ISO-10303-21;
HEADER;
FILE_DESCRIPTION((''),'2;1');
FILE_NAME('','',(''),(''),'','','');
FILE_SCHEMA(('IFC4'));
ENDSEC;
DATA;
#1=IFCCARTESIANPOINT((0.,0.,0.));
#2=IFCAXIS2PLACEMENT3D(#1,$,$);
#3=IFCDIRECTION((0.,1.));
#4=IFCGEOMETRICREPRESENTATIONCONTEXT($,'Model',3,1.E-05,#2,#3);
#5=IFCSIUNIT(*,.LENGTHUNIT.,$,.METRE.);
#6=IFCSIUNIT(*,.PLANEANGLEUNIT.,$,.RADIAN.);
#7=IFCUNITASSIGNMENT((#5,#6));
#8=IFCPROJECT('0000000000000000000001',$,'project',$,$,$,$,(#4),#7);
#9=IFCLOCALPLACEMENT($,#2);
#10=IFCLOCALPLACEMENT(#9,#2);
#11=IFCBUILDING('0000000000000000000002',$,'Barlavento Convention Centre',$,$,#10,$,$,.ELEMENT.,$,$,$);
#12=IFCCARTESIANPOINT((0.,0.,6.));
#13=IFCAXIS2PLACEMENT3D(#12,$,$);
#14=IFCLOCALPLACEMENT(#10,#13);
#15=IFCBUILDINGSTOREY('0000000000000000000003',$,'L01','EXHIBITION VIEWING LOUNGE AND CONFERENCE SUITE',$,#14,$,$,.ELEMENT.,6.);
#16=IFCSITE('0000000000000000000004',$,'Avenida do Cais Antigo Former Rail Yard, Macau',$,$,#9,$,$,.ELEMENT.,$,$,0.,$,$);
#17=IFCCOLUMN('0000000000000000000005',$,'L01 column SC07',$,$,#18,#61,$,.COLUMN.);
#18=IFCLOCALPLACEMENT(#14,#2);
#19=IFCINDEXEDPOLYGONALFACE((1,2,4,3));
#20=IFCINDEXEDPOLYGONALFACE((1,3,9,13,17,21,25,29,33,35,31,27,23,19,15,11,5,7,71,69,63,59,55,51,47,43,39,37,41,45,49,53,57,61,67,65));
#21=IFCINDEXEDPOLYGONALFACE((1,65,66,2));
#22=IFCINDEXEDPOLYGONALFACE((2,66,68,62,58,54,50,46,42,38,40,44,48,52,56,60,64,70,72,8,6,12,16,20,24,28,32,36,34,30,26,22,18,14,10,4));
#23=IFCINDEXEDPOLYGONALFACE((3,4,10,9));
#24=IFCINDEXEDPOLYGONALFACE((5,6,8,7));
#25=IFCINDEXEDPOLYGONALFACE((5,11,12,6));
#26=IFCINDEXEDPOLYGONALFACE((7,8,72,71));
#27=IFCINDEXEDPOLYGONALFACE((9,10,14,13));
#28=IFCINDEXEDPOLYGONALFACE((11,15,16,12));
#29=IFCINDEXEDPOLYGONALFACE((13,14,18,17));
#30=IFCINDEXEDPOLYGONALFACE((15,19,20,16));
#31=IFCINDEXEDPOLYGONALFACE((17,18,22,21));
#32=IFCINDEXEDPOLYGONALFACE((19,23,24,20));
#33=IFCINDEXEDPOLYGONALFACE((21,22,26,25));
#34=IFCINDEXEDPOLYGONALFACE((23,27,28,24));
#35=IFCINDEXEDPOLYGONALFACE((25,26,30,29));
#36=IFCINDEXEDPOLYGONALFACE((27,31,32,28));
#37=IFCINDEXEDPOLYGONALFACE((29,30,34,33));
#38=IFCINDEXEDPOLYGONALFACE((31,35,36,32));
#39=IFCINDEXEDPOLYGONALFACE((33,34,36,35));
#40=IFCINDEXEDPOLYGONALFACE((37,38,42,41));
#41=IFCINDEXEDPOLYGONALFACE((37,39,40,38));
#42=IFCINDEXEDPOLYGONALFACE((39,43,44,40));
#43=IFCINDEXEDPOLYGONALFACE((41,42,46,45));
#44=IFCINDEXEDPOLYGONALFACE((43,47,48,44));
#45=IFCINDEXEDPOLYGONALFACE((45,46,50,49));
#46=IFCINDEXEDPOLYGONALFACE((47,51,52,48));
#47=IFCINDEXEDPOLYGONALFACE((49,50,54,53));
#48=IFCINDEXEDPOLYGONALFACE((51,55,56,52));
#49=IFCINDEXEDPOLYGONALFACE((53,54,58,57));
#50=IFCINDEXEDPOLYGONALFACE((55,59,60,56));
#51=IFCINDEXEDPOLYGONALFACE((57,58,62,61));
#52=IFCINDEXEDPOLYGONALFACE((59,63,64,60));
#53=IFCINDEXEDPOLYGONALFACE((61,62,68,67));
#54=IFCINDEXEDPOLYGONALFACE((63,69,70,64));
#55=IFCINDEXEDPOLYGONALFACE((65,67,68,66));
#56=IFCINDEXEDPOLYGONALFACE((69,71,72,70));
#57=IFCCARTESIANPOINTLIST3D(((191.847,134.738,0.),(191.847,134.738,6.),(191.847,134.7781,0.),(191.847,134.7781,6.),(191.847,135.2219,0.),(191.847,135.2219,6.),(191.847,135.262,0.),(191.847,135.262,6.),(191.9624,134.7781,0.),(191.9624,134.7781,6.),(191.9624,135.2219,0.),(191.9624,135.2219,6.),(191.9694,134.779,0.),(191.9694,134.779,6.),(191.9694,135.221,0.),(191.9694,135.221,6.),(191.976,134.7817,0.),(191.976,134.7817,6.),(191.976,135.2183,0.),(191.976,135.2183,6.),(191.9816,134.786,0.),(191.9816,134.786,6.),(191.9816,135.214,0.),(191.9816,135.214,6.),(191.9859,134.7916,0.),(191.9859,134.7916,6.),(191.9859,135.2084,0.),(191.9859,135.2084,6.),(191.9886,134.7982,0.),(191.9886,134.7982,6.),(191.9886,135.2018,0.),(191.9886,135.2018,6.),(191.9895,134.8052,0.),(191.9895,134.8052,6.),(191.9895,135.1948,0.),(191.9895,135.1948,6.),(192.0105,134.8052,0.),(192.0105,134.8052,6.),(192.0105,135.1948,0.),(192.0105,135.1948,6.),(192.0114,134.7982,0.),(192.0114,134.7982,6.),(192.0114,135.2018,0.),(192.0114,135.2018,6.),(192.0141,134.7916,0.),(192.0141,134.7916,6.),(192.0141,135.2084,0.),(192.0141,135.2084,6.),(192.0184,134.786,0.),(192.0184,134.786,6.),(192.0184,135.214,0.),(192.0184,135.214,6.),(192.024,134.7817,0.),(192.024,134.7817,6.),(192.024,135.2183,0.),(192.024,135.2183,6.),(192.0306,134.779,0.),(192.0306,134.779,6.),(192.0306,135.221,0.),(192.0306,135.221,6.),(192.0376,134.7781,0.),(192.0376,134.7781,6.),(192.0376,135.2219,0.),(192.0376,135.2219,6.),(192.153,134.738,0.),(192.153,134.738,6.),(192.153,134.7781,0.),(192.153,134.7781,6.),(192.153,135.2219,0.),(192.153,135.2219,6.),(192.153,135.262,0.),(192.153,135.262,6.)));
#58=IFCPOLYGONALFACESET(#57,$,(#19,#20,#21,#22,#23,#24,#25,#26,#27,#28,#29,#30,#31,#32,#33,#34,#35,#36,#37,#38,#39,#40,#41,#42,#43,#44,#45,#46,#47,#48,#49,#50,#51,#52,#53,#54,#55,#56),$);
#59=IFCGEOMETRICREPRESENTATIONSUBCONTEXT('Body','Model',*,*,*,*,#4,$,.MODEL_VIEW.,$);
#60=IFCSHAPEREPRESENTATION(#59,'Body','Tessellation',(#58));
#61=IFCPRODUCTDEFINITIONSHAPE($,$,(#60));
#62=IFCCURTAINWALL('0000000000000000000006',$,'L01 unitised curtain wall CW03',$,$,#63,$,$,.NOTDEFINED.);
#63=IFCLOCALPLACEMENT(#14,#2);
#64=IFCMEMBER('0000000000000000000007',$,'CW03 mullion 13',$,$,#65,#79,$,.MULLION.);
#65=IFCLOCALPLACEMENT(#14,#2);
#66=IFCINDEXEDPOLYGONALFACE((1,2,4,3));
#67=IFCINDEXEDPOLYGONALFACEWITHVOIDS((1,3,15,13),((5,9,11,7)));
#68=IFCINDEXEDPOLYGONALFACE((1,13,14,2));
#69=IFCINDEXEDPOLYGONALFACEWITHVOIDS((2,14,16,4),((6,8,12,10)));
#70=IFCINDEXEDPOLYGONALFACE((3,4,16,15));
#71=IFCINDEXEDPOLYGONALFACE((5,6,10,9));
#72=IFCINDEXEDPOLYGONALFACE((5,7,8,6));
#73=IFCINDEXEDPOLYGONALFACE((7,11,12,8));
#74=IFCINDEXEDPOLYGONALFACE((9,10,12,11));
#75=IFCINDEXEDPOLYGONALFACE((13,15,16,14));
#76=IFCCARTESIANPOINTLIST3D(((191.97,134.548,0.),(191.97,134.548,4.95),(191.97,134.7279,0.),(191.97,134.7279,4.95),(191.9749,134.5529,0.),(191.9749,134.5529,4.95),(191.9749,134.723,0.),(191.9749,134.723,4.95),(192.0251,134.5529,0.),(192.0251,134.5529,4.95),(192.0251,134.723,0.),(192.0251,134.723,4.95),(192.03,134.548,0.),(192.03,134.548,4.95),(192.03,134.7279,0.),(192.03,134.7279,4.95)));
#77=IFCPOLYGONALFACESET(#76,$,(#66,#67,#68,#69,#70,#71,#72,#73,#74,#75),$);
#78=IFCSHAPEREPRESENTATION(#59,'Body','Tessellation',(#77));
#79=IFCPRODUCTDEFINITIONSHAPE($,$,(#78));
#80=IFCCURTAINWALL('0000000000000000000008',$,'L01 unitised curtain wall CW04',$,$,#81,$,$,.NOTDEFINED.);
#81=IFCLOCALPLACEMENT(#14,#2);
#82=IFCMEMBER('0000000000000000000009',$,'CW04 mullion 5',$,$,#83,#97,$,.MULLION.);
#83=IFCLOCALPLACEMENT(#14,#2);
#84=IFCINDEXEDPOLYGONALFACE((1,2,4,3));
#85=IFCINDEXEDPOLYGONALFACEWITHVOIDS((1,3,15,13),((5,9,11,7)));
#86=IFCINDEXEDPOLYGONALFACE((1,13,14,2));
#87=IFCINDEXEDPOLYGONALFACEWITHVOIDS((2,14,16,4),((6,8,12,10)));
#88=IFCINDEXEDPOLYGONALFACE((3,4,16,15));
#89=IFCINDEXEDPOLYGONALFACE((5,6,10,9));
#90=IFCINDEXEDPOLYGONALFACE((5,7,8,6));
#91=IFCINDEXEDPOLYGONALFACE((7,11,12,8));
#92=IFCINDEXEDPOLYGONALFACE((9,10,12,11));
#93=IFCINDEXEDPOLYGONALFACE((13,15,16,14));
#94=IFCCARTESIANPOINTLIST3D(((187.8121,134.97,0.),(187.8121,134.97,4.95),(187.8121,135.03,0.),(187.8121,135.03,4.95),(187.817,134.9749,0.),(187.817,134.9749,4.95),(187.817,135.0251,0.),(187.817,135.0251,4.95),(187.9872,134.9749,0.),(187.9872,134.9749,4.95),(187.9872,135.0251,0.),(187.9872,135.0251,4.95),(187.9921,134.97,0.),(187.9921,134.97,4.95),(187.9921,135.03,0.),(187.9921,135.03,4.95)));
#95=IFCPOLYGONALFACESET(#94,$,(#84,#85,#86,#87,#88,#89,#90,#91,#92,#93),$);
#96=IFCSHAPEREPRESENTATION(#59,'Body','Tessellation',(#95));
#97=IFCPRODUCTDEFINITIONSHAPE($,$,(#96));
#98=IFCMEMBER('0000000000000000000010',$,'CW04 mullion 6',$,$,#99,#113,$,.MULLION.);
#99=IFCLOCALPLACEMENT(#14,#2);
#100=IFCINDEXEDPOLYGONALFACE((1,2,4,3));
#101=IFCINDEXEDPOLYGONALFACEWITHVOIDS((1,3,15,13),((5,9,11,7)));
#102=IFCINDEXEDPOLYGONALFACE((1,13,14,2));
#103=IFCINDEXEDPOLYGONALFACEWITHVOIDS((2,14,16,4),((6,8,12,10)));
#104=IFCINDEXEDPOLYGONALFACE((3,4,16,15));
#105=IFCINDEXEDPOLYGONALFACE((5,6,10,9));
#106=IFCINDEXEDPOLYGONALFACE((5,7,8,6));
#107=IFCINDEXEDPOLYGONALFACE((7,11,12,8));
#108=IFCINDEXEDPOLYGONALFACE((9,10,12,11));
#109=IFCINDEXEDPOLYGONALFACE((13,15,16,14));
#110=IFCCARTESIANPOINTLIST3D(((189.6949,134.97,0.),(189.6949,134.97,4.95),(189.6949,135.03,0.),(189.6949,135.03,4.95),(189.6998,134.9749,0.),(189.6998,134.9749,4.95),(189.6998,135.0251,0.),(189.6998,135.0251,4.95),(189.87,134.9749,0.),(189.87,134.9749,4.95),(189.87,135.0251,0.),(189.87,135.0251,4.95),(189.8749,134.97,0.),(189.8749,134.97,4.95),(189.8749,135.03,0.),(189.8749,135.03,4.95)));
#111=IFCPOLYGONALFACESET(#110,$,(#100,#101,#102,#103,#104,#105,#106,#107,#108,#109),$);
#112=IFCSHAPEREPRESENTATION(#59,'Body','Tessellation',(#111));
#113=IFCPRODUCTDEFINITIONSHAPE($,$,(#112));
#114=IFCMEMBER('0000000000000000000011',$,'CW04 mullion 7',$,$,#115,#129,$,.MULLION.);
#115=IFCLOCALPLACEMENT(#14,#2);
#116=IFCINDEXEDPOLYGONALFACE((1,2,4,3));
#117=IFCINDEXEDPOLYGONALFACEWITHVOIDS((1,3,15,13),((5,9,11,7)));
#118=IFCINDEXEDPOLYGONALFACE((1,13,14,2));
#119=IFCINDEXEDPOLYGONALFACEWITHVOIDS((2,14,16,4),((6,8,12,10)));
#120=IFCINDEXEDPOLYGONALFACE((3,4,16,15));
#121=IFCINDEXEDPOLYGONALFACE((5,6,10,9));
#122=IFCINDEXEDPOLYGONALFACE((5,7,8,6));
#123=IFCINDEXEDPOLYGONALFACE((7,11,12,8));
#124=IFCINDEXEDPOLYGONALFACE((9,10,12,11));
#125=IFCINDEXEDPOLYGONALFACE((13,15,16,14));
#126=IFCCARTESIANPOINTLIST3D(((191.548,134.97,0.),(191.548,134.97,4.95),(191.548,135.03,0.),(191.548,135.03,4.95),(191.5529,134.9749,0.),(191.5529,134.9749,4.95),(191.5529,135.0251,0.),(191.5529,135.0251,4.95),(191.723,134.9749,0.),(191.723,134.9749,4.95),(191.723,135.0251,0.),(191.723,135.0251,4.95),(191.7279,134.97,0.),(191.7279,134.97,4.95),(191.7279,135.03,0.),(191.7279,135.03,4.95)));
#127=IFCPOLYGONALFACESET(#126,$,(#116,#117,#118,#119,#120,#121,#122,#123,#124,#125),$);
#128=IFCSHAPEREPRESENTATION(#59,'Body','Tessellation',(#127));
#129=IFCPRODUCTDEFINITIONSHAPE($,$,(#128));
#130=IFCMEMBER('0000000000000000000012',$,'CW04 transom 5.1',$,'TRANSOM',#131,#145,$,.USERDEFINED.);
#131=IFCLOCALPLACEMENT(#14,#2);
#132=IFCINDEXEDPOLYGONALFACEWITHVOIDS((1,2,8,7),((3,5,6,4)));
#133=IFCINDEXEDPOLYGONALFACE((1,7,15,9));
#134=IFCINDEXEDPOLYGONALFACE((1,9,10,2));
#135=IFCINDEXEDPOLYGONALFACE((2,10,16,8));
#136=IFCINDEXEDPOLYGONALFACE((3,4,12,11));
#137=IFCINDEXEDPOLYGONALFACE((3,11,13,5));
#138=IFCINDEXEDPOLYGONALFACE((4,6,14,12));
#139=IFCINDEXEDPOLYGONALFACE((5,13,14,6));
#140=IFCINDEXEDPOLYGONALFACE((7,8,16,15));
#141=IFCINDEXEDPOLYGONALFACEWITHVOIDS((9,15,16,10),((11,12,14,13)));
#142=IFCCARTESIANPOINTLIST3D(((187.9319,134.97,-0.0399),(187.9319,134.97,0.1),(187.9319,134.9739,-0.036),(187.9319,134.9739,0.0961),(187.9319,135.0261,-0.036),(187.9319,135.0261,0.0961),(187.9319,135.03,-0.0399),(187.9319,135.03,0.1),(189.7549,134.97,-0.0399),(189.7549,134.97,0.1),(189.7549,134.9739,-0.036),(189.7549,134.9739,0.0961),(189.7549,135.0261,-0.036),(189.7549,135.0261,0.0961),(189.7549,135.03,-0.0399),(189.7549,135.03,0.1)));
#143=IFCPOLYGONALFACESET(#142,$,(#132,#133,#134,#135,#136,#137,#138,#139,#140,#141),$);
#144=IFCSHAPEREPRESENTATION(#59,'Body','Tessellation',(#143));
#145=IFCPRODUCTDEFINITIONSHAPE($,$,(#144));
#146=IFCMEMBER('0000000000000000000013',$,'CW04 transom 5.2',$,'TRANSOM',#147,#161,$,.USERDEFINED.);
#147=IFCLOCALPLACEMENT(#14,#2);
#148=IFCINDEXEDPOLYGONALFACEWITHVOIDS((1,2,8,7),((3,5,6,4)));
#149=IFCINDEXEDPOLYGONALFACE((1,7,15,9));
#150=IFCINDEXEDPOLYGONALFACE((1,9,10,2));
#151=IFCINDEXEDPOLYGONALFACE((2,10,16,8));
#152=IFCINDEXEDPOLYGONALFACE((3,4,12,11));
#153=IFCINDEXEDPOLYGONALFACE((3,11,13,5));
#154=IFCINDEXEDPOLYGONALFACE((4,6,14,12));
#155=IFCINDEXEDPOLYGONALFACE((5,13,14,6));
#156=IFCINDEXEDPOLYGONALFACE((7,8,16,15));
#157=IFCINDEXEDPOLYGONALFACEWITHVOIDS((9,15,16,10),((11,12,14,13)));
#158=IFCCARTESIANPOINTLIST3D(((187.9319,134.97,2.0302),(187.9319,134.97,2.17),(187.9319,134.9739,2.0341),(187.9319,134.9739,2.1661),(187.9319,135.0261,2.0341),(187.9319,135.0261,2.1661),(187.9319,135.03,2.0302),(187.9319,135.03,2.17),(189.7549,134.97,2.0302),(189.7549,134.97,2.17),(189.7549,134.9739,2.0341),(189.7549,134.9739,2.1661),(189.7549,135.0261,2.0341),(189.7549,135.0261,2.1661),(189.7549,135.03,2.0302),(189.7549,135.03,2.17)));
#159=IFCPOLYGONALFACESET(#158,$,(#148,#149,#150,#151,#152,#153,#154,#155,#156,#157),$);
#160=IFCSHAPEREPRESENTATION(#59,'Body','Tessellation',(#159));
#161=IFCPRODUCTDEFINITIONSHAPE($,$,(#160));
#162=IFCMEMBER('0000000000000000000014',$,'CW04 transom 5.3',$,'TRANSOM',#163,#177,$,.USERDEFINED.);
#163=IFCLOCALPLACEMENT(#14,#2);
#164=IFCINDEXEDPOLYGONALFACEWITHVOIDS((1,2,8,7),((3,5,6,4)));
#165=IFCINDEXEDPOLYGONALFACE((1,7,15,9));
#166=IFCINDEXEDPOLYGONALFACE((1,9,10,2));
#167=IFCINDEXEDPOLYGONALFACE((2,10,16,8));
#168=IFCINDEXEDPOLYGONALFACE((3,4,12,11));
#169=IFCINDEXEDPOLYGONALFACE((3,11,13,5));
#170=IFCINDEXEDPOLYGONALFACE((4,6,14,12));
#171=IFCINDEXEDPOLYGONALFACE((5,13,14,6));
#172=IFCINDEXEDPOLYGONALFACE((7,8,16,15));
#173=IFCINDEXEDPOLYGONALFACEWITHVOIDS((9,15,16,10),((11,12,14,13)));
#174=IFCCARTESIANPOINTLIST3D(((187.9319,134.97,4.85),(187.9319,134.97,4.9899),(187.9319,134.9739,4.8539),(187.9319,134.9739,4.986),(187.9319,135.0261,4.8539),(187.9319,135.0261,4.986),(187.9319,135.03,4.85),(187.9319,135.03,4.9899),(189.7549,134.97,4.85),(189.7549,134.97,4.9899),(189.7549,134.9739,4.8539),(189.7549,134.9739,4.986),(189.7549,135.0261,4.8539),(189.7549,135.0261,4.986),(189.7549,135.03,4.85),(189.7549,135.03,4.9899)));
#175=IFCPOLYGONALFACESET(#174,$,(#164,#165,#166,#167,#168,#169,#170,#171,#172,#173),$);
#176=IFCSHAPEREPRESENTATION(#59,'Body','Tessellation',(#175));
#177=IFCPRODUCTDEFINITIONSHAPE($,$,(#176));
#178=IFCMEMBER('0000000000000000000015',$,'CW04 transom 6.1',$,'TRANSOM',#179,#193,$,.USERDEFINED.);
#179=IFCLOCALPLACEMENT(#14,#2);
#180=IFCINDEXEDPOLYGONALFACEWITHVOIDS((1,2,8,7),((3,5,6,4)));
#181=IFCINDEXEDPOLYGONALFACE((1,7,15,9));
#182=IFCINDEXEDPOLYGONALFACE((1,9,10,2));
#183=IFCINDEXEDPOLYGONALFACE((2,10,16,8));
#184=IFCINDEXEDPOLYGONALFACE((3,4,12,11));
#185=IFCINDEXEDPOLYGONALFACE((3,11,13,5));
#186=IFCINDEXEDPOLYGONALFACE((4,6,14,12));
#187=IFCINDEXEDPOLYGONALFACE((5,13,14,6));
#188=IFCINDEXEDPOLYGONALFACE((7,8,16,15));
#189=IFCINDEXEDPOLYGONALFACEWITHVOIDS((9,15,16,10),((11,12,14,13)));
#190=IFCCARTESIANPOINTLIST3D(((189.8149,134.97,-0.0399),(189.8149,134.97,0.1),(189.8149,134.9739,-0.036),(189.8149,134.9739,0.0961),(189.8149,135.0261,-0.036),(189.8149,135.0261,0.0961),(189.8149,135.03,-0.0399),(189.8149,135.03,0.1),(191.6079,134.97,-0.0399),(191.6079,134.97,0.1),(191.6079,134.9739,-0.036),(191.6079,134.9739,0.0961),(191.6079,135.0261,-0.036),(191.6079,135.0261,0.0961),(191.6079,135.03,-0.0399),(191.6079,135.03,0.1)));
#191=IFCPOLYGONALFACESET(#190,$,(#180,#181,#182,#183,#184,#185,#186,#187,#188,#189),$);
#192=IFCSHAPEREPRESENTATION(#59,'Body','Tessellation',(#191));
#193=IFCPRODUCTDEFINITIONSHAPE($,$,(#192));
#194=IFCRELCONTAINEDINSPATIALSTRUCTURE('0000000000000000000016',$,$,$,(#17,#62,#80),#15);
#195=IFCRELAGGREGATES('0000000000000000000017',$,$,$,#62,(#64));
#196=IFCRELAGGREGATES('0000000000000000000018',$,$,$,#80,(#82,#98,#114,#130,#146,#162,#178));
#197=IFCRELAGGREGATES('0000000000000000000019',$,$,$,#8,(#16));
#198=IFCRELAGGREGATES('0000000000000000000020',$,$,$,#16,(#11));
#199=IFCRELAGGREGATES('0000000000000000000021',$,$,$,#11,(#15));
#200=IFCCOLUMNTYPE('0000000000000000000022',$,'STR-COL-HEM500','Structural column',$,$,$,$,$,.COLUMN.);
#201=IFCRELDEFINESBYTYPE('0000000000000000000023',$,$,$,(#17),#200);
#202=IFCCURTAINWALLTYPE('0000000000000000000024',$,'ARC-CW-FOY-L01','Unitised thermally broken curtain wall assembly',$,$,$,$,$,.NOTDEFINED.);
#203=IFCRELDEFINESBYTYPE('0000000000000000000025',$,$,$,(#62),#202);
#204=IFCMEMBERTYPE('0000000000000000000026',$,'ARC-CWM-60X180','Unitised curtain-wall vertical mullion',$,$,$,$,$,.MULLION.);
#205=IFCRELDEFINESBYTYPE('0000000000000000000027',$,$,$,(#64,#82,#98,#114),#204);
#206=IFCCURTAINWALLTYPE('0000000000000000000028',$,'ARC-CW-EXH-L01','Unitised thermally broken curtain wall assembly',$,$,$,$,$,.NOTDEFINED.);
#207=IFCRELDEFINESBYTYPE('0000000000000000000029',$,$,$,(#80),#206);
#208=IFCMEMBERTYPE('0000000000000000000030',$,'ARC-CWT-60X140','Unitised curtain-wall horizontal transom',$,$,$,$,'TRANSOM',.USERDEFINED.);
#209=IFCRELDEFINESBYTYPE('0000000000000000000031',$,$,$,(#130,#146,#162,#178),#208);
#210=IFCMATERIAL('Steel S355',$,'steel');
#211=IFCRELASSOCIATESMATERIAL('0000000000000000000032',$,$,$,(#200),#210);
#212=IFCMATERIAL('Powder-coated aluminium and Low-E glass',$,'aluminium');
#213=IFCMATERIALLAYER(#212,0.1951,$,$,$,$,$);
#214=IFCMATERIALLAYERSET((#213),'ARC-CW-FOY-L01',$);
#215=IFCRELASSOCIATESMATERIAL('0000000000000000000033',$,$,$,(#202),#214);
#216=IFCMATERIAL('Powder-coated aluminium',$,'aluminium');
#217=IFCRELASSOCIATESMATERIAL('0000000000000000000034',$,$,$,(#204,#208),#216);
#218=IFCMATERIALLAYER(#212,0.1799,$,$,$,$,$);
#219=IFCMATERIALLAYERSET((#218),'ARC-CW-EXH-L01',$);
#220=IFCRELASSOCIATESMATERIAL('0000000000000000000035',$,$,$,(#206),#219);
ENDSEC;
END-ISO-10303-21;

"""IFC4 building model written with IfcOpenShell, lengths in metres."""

from ifc_helpers import new_model, si_unit, direction, frame, origin, origin_2d, place, context, subcontext, project, spatial, hollow_rectangle, i_section, extrude, material, layer, layer_set, material_profile, profile_set, type_object, element, aggregate, save


model = new_model("IFC4")

# Units and contexts
model_context = context("Model", 3, precision=1e-05, world=origin(), true_north=direction((0.0, 1.0)))
body_context = subcontext(model_context, "Body", "Model", "MODEL_VIEW")
ifc_project = project(units=[si_unit("LENGTHUNIT", "METRE"), si_unit("PLANEANGLEUNIT", "RADIAN")], contexts=[model_context])

# Site, building, storey
site_placement = place(None, origin())
site = spatial("IfcSite", under=ifc_project, at=site_placement, Name="Avenida do Cais Antigo Former Rail Yard, Macau", CompositionType="ELEMENT", RefElevation=0.0)
building_placement = place(site_placement, origin())
building = spatial("IfcBuilding", under=site, at=building_placement, Name="Barlavento Convention Centre", CompositionType="ELEMENT")
storey_placement = place(building_placement, frame((0.0, 0.0, 6.0)))
storey = spatial("IfcBuildingStorey", under=building, at=storey_placement, Name="L01", Description="EXHIBITION VIEWING LOUNGE AND CONFERENCE SUITE", CompositionType="ELEMENT", Elevation=6.0)

# Column
ifc_material_1 = material(Name="Steel S355", Category="steel")
ifc_material_profile_1 = material_profile(ifc_material_1, i_section(OverallWidth=0.3059, OverallDepth=0.5239, WebThickness=0.021, FlangeThickness=0.04, FilletRadius=0.0271, at=origin_2d()), Name="HEM 500")
ifc_profile_set_1 = profile_set([ifc_material_profile_1], Name="Steel S355")
column_type = type_object("IfcColumnType", Name="STR-COL-HEM500", Description="Structural column", PredefinedType="COLUMN", material=ifc_profile_set_1)
column_placement = place(storey_placement, frame((192.0, 135.0, 0.0), z_axis=(0.0, 0.0, 1.0), x_axis=(1.0, 0.0, 0.0)))
element("IfcColumn", 1, at=column_placement, inside=storey, type_object=column_type, Name="L01 column SC07", PredefinedType="COLUMN", context=body_context, shape_type="SweptSolid", body=[
    extrude(i_section(OverallWidth=0.3059, OverallDepth=0.5239, WebThickness=0.021, FlangeThickness=0.04, FilletRadius=0.0271, at=origin_2d()), origin(), (0.0, 0.0, 1.0), 6.0),
])

# Curtain wall, member
ifc_material_2 = material(Name="Powder-coated aluminium and Low-E glass", Category="aluminium")
ifc_layer_1 = layer(ifc_material_2, 0.1951)
ifc_layer_set_1 = layer_set([ifc_layer_1], Name="ARC-CW-FOY-L01")
curtain_wall_type_1 = type_object("IfcCurtainWallType", Name="ARC-CW-FOY-L01", Description="Unitised thermally broken curtain wall assembly", PredefinedType="NOTDEFINED", material=ifc_layer_set_1)
curtain_wall_1_placement = place(storey_placement, origin())
curtain_wall_1 = element("IfcCurtainWall", 2, at=curtain_wall_1_placement, inside=storey, type_object=curtain_wall_type_1, Name="L01 unitised curtain wall CW03", PredefinedType="NOTDEFINED")
ifc_material_3 = material(Name="Powder-coated aluminium", Category="aluminium")
ifc_material_profile_2 = material_profile(ifc_material_3, hollow_rectangle(XDim=0.0601, YDim=0.1799, WallThickness=0.0049, at=origin_2d()), Name="AL-MULL 60x180x5")
ifc_profile_set_2 = profile_set([ifc_material_profile_2], Name="Powder-coated aluminium")
member_type_1 = type_object("IfcMemberType", Name="ARC-CWM-60X180", Description="Unitised curtain-wall vertical mullion", PredefinedType="MULLION", material=ifc_profile_set_2)
member_1_placement = place(storey_placement, frame((192.0, 134.6379, 0.0), z_axis=(0.0, 0.0, 1.0), x_axis=(-1.0, 0.0, 0.0)))
member_1 = element("IfcMember", 3, at=member_1_placement, type_object=member_type_1, Name="CW03 mullion 13", PredefinedType="MULLION", context=body_context, shape_type="SweptSolid", body=[
    extrude(hollow_rectangle(XDim=0.0601, YDim=0.1799, WallThickness=0.0049, at=origin_2d()), origin(), (0.0, 0.0, 1.0), 4.95),
])

# Curtain wall, members
ifc_layer_2 = layer(ifc_material_2, 0.1799)
ifc_layer_set_2 = layer_set([ifc_layer_2], Name="ARC-CW-EXH-L01")
curtain_wall_type_2 = type_object("IfcCurtainWallType", Name="ARC-CW-EXH-L01", Description="Unitised thermally broken curtain wall assembly", PredefinedType="NOTDEFINED", material=ifc_layer_set_2)
curtain_wall_2_placement = place(storey_placement, origin())
curtain_wall_2 = element("IfcCurtainWall", 4, at=curtain_wall_2_placement, inside=storey, type_object=curtain_wall_type_2, Name="L01 unitised curtain wall CW04", PredefinedType="NOTDEFINED")
member_2_placement = place(storey_placement, frame((187.9021, 135.0, 0.0), z_axis=(0.0, 0.0, 1.0), x_axis=(0.0, 1.0, 0.0)))
member_2 = element("IfcMember", 5, at=member_2_placement, type_object=member_type_1, Name="CW04 mullion 5", PredefinedType="MULLION", context=body_context, shape_type="SweptSolid", body=[
    extrude(hollow_rectangle(XDim=0.0601, YDim=0.1799, WallThickness=0.0049, at=origin_2d()), origin(), (0.0, 0.0, 1.0), 4.95),
])
member_3_placement = place(storey_placement, frame((189.7849, 135.0, 0.0), z_axis=(0.0, 0.0, 1.0), x_axis=(0.0, 1.0, 0.0)))
member_3 = element("IfcMember", 6, at=member_3_placement, type_object=member_type_1, Name="CW04 mullion 6", PredefinedType="MULLION", context=body_context, shape_type="SweptSolid", body=[
    extrude(hollow_rectangle(XDim=0.0601, YDim=0.1799, WallThickness=0.0049, at=origin_2d()), origin(), (0.0, 0.0, 1.0), 4.95),
])
member_4_placement = place(storey_placement, frame((191.6379, 135.0, 0.0), z_axis=(0.0, 0.0, 1.0), x_axis=(0.0, 1.0, 0.0)))
member_4 = element("IfcMember", 7, at=member_4_placement, type_object=member_type_1, Name="CW04 mullion 7", PredefinedType="MULLION", context=body_context, shape_type="SweptSolid", body=[
    extrude(hollow_rectangle(XDim=0.0601, YDim=0.1799, WallThickness=0.0049, at=origin_2d()), origin(), (0.0, 0.0, 1.0), 4.95),
])
ifc_material_profile_3 = material_profile(ifc_material_3, hollow_rectangle(XDim=0.0601, YDim=0.1399, WallThickness=0.0039, at=origin_2d()), Name="AL-TRAN 60x140x4")
ifc_profile_set_3 = profile_set([ifc_material_profile_3], Name="Powder-coated aluminium")
member_type_2 = type_object("IfcMemberType", Name="ARC-CWT-60X140", Description="Unitised curtain-wall horizontal transom", ElementType="TRANSOM", PredefinedType="USERDEFINED", material=ifc_profile_set_3)
member_5_placement = place(storey_placement, frame((187.9319, 135.0, 0.03), z_axis=(1.0, 0.0, 0.0), x_axis=(0.0, 1.0, 0.0)))
member_5 = element("IfcMember", 8, at=member_5_placement, type_object=member_type_2, Name="CW04 transom 5.1", ObjectType="TRANSOM", PredefinedType="USERDEFINED", context=body_context, shape_type="SweptSolid", body=[
    extrude(hollow_rectangle(XDim=0.0601, YDim=0.1399, WallThickness=0.0039, at=origin_2d()), origin(), (0.0, 0.0, 1.0), 1.823),
])
member_6_placement = place(storey_placement, frame((187.9319, 135.0, 2.1001), z_axis=(1.0, 0.0, 0.0), x_axis=(0.0, 1.0, 0.0)))
member_6 = element("IfcMember", 9, at=member_6_placement, type_object=member_type_2, Name="CW04 transom 5.2", ObjectType="TRANSOM", PredefinedType="USERDEFINED", context=body_context, shape_type="SweptSolid", body=[
    extrude(hollow_rectangle(XDim=0.0601, YDim=0.1399, WallThickness=0.0039, at=origin_2d()), origin(), (0.0, 0.0, 1.0), 1.823),
])
member_7_placement = place(storey_placement, frame((187.9319, 135.0, 4.9199), z_axis=(1.0, 0.0, 0.0), x_axis=(0.0, 1.0, 0.0)))
member_7 = element("IfcMember", 10, at=member_7_placement, type_object=member_type_2, Name="CW04 transom 5.3", ObjectType="TRANSOM", PredefinedType="USERDEFINED", context=body_context, shape_type="SweptSolid", body=[
    extrude(hollow_rectangle(XDim=0.0601, YDim=0.1399, WallThickness=0.0039, at=origin_2d()), origin(), (0.0, 0.0, 1.0), 1.823),
])
member_8_placement = place(storey_placement, frame((189.8149, 135.0, 0.03), z_axis=(1.0, 0.0, 0.0), x_axis=(0.0, 1.0, 0.0)))
member_8 = element("IfcMember", 11, at=member_8_placement, type_object=member_type_2, Name="CW04 transom 6.1", ObjectType="TRANSOM", PredefinedType="USERDEFINED", context=body_context, shape_type="SweptSolid", body=[
    extrude(hollow_rectangle(XDim=0.0601, YDim=0.1399, WallThickness=0.0039, at=origin_2d()), origin(), (0.0, 0.0, 1.0), 1.793),
])

aggregate(curtain_wall_1, [member_1])
aggregate(curtain_wall_2, [member_2, member_3, member_4, member_5, member_6, member_7, member_8])

save(model, "model.ifc")
